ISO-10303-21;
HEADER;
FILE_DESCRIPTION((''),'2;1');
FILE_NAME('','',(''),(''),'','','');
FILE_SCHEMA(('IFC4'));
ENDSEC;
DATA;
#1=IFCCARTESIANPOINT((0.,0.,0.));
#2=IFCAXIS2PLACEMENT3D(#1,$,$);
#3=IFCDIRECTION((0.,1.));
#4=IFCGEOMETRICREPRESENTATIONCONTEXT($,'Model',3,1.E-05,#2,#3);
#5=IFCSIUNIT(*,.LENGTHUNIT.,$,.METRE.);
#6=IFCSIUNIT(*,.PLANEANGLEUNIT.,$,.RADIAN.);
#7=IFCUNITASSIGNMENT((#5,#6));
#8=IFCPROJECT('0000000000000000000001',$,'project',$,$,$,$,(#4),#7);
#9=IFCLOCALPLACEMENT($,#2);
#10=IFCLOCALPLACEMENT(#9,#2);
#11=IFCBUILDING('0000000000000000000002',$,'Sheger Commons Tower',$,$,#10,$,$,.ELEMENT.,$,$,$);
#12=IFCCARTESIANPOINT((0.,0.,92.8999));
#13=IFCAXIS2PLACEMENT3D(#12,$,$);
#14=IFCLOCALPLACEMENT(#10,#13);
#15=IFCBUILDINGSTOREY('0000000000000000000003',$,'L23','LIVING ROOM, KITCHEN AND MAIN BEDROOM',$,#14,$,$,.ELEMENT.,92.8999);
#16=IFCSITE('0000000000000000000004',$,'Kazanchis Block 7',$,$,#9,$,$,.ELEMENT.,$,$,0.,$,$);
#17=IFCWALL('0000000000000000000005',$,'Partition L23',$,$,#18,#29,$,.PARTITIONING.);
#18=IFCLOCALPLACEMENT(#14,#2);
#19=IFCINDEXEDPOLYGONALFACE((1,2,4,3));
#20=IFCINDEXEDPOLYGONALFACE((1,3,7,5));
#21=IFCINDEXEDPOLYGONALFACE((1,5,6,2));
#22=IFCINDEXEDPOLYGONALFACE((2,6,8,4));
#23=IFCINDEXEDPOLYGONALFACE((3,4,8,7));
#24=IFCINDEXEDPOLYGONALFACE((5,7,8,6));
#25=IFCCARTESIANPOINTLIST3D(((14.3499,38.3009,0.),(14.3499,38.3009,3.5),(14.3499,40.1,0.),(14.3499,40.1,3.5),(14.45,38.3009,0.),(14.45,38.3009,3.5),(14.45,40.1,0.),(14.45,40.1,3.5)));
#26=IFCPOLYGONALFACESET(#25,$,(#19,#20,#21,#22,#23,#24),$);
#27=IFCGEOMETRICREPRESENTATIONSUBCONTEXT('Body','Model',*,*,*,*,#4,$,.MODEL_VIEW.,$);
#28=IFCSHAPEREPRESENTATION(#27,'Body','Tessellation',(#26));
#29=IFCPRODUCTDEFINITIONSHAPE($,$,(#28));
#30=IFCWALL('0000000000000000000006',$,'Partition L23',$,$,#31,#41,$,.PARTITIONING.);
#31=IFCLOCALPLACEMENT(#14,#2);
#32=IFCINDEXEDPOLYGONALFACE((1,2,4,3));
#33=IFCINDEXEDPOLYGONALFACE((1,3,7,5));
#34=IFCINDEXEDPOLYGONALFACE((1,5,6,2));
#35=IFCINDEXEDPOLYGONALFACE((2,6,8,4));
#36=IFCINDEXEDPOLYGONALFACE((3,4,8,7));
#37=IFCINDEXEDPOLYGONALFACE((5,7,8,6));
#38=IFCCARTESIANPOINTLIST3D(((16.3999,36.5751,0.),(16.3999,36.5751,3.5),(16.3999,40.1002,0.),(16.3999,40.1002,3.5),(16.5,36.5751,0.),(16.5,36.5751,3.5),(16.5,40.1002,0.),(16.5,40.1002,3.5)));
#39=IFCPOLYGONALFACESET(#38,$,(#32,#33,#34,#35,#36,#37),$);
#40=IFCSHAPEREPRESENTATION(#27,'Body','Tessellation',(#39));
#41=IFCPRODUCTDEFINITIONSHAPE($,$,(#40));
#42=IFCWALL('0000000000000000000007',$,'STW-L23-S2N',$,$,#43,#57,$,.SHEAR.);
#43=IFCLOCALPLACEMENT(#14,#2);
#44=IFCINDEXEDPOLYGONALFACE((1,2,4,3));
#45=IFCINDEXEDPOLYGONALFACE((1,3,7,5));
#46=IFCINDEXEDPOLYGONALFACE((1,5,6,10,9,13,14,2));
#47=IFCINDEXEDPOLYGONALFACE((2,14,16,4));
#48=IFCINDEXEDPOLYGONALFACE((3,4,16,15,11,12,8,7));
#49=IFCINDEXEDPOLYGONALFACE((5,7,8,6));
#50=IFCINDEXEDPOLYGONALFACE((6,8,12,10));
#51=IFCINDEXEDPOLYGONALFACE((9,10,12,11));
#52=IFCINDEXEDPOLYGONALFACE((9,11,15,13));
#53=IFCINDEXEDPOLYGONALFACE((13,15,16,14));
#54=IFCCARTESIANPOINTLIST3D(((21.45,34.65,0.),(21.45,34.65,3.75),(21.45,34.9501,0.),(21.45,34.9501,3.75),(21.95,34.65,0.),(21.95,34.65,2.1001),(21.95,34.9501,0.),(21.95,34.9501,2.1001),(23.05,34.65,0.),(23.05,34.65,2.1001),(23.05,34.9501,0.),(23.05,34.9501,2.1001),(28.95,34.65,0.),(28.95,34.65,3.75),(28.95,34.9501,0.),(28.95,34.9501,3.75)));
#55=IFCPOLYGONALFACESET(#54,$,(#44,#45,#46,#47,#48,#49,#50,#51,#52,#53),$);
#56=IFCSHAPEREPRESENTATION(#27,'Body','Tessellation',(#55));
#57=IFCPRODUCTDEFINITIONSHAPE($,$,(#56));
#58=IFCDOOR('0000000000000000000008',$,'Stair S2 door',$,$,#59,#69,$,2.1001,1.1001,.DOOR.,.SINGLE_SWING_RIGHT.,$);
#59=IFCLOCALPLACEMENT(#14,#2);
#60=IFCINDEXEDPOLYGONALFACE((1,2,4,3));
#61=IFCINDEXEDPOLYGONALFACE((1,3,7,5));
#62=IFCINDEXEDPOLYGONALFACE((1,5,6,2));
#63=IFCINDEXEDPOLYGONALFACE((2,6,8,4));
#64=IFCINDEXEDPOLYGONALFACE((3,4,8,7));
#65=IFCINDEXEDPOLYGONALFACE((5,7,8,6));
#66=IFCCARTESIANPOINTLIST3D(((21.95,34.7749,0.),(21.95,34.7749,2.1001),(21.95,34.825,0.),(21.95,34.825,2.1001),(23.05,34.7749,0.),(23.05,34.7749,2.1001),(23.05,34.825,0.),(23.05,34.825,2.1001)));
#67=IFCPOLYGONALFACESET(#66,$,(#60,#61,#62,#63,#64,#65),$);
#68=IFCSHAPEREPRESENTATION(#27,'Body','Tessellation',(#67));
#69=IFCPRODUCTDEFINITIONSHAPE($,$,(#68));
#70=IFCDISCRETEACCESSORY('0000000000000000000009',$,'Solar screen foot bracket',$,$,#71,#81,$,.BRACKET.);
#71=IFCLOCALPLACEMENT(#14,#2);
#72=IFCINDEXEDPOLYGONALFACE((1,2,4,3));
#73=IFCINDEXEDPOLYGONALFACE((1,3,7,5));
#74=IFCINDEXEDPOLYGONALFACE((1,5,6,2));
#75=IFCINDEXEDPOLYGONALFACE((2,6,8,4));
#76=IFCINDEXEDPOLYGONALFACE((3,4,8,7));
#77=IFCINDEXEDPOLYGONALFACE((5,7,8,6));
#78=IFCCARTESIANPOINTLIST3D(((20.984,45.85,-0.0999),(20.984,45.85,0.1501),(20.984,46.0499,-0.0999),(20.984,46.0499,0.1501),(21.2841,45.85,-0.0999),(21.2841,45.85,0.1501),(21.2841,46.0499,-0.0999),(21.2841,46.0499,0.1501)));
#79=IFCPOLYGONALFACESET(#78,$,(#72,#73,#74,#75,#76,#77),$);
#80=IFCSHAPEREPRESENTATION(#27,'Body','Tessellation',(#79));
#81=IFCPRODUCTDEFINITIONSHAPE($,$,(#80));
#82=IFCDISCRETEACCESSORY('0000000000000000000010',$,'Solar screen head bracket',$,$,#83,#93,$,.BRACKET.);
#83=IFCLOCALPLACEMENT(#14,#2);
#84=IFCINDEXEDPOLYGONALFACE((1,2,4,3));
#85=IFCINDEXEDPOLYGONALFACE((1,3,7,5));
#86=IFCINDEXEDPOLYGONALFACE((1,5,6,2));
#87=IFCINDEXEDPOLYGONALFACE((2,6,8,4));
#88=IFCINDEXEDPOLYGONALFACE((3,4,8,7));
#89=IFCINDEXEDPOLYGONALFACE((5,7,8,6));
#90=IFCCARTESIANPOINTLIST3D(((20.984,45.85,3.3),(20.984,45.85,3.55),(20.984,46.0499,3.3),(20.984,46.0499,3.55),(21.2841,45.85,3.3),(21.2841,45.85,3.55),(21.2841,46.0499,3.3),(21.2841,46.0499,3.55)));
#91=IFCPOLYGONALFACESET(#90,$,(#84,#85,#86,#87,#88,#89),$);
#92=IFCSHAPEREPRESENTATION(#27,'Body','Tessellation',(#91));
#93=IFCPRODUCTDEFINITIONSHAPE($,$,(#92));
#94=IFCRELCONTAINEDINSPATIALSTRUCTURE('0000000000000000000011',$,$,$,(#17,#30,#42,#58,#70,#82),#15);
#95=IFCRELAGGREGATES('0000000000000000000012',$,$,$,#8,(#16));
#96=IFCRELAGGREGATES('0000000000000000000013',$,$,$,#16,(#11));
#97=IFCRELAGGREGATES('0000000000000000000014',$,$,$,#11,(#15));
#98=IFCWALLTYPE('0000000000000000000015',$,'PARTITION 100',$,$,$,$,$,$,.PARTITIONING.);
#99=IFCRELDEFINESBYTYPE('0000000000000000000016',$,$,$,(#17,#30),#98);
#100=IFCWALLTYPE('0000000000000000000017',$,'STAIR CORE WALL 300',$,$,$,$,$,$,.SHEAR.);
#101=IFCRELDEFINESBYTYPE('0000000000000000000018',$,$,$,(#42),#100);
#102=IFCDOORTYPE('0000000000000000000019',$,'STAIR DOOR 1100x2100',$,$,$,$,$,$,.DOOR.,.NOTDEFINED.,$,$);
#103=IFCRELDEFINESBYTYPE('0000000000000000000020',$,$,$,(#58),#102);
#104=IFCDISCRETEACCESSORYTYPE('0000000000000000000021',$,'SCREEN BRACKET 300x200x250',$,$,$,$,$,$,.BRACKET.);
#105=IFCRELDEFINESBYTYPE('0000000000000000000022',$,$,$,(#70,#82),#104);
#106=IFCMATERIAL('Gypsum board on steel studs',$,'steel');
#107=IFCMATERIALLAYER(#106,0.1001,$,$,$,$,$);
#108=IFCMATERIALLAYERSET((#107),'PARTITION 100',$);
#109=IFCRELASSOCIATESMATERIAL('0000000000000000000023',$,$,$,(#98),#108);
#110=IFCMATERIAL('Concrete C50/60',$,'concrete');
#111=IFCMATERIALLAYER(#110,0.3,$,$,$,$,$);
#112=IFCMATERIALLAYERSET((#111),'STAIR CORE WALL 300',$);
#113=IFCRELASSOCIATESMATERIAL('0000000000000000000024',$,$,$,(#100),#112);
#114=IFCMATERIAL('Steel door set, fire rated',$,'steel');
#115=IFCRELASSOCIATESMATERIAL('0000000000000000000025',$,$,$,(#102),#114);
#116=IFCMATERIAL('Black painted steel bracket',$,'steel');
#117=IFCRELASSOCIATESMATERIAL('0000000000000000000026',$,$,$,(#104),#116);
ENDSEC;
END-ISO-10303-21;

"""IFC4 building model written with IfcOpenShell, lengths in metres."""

from ifc_helpers import new_model, si_unit, direction, frame, frame_2d, origin, origin_2d, place, context, subcontext, project, spatial, rectangle, extrude, material, layer, layer_set, type_object, element, fill, save


model = new_model("IFC4")

# Units and contexts
model_context = context("Model", 3, precision=1e-05, world=origin(), true_north=direction((0.0, 1.0)))
body_context = subcontext(model_context, "Body", "Model", "MODEL_VIEW")
ifc_project = project(units=[si_unit("LENGTHUNIT", "METRE"), si_unit("PLANEANGLEUNIT", "RADIAN")], contexts=[model_context])

# Site, building, storey
site_placement = place(None, origin())
site = spatial("IfcSite", under=ifc_project, at=site_placement, Name="Kazanchis Block 7", CompositionType="ELEMENT", RefElevation=0.0)
building_placement = place(site_placement, origin())
building = spatial("IfcBuilding", under=site, at=building_placement, Name="Sheger Commons Tower", CompositionType="ELEMENT")
storey_placement = place(building_placement, frame((0.0, 0.0, 92.8999)))
storey = spatial("IfcBuildingStorey", under=building, at=storey_placement, Name="L23", Description="LIVING ROOM, KITCHEN AND MAIN BEDROOM", CompositionType="ELEMENT", Elevation=92.8999)

# Shared definitions
ifc_material_1 = material(Name="Gypsum board on steel studs", Category="steel")
ifc_layer_1 = layer(ifc_material_1, 0.1001)
ifc_layer_set_1 = layer_set([ifc_layer_1], Name="PARTITION 100")
wall_type_1 = type_object("IfcWallType", Name="PARTITION 100", PredefinedType="PARTITIONING", material=ifc_layer_set_1)

# Walls
wall_1_placement = place(storey_placement, frame((14.3999, 38.301, 0.0), z_axis=(0.0, 0.0, 1.0), x_axis=(0.0, 1.0, 0.0)))
element("IfcWall", 1, at=wall_1_placement, inside=storey, type_object=wall_type_1, Name="Partition L23", PredefinedType="PARTITIONING", context=body_context, shape_type="SweptSolid", body=[
    extrude(rectangle(XDim=1.7991, YDim=0.1001, at=frame_2d((0.8994, 0.0))), origin(), (0.0, 0.0, 1.0), 3.5),
])
wall_2_placement = place(storey_placement, frame((16.45, 36.575, 0.0), z_axis=(0.0, 0.0, 1.0), x_axis=(0.0, 1.0, 0.0)))
element("IfcWall", 2, at=wall_2_placement, inside=storey, type_object=wall_type_1, Name="Partition L23", PredefinedType="PARTITIONING", context=body_context, shape_type="SweptSolid", body=[
    extrude(rectangle(XDim=3.5251, YDim=0.1001, at=frame_2d((1.7627, 0.0))), origin(), (0.0, 0.0, 1.0), 3.5),
])

# Wall, opening, door
ifc_material_2 = material(Name="Concrete C50/60", Category="concrete")
ifc_layer_2 = layer(ifc_material_2, 0.3)
ifc_layer_set_2 = layer_set([ifc_layer_2], Name="STAIR CORE WALL 300")
wall_type_2 = type_object("IfcWallType", Name="STAIR CORE WALL 300", PredefinedType="SHEAR", material=ifc_layer_set_2)
wall_3_placement = place(storey_placement, frame((21.45, 34.8, 0.0), z_axis=(0.0, 0.0, 1.0), x_axis=(1.0, 0.0, 0.0)))
wall_3 = element("IfcWall", 3, at=wall_3_placement, inside=storey, type_object=wall_type_2, Name="STW-L23-S2N", PredefinedType="SHEAR", context=body_context, shape_type="SweptSolid", body=[
    extrude(rectangle(XDim=7.5, YDim=0.3, at=frame_2d((3.75, 0.0))), origin(), (0.0, 0.0, 1.0), 3.75),
])
opening_1_placement = place(wall_3_placement, frame((0.5, 0.0, 0.0)))
opening_1 = element("IfcOpeningElement", 4, at=opening_1_placement, cuts=wall_3, PredefinedType="OPENING", context=body_context, shape_type="SweptSolid", body=[
    extrude(rectangle(XDim=1.1001, YDim=2.1001, at=frame_2d((0.55, 1.05))), frame((0.0, 0.1599, 0.0), z_axis=(0.0, -1.0, 0.0), x_axis=(1.0, 0.0, 0.0)), (0.0, 0.0, 1.0), 0.3201),
])
ifc_material_3 = material(Name="Steel door set, fire rated", Category="steel")
door_type_1 = type_object("IfcDoorType", Name="STAIR DOOR 1100x2100", OperationType="NOTDEFINED", PredefinedType="DOOR", material=ifc_material_3)
door_1_placement = place(opening_1_placement, origin())
door_1 = element("IfcDoor", 5, at=door_1_placement, inside=storey, type_object=door_type_1, Name="Stair S2 door", OperationType="SINGLE_SWING_RIGHT", OverallHeight=2.1001, OverallWidth=1.1001, PredefinedType="DOOR", context=body_context, shape_type="SweptSolid", body=[
    extrude(rectangle(XDim=1.1001, YDim=2.1001, at=frame_2d((0.55, 1.05))), frame((0.0, 0.0249, 0.0), z_axis=(0.0, -1.0, 0.0), x_axis=(1.0, 0.0, 0.0)), (0.0, 0.0, 1.0), 0.05),
])
fill(opening_1, door_1)

# Discrete accessories
ifc_material_4 = material(Name="Black painted steel bracket", Category="steel")
discrete_accessory_type = type_object("IfcDiscreteAccessoryType", Name="SCREEN BRACKET 300x200x250", PredefinedType="BRACKET", material=ifc_material_4)
for number, where, z_axis, x_axis, name in (
    (6, (21.134, 45.95, -0.0999), (0.0, 0.0, 1.0), (-1.0, 0.0, 0.0), "Solar screen foot bracket"),
    (7, (21.134, 45.95, 3.3), (0.0, 0.0, 1.0), (-1.0, 0.0, 0.0), "Solar screen head bracket"),
):
    element("IfcDiscreteAccessory", number, at=place(storey_placement, frame(where, z_axis=z_axis, x_axis=x_axis)), inside=storey, type_object=discrete_accessory_type, Name=name, PredefinedType="BRACKET", context=body_context, shape_type="SweptSolid", body=[
        extrude(rectangle(XDim=0.3, YDim=0.2, at=origin_2d()), origin(), (0.0, 0.0, 1.0), 0.25),
    ])

save(model, "model.ifc")
